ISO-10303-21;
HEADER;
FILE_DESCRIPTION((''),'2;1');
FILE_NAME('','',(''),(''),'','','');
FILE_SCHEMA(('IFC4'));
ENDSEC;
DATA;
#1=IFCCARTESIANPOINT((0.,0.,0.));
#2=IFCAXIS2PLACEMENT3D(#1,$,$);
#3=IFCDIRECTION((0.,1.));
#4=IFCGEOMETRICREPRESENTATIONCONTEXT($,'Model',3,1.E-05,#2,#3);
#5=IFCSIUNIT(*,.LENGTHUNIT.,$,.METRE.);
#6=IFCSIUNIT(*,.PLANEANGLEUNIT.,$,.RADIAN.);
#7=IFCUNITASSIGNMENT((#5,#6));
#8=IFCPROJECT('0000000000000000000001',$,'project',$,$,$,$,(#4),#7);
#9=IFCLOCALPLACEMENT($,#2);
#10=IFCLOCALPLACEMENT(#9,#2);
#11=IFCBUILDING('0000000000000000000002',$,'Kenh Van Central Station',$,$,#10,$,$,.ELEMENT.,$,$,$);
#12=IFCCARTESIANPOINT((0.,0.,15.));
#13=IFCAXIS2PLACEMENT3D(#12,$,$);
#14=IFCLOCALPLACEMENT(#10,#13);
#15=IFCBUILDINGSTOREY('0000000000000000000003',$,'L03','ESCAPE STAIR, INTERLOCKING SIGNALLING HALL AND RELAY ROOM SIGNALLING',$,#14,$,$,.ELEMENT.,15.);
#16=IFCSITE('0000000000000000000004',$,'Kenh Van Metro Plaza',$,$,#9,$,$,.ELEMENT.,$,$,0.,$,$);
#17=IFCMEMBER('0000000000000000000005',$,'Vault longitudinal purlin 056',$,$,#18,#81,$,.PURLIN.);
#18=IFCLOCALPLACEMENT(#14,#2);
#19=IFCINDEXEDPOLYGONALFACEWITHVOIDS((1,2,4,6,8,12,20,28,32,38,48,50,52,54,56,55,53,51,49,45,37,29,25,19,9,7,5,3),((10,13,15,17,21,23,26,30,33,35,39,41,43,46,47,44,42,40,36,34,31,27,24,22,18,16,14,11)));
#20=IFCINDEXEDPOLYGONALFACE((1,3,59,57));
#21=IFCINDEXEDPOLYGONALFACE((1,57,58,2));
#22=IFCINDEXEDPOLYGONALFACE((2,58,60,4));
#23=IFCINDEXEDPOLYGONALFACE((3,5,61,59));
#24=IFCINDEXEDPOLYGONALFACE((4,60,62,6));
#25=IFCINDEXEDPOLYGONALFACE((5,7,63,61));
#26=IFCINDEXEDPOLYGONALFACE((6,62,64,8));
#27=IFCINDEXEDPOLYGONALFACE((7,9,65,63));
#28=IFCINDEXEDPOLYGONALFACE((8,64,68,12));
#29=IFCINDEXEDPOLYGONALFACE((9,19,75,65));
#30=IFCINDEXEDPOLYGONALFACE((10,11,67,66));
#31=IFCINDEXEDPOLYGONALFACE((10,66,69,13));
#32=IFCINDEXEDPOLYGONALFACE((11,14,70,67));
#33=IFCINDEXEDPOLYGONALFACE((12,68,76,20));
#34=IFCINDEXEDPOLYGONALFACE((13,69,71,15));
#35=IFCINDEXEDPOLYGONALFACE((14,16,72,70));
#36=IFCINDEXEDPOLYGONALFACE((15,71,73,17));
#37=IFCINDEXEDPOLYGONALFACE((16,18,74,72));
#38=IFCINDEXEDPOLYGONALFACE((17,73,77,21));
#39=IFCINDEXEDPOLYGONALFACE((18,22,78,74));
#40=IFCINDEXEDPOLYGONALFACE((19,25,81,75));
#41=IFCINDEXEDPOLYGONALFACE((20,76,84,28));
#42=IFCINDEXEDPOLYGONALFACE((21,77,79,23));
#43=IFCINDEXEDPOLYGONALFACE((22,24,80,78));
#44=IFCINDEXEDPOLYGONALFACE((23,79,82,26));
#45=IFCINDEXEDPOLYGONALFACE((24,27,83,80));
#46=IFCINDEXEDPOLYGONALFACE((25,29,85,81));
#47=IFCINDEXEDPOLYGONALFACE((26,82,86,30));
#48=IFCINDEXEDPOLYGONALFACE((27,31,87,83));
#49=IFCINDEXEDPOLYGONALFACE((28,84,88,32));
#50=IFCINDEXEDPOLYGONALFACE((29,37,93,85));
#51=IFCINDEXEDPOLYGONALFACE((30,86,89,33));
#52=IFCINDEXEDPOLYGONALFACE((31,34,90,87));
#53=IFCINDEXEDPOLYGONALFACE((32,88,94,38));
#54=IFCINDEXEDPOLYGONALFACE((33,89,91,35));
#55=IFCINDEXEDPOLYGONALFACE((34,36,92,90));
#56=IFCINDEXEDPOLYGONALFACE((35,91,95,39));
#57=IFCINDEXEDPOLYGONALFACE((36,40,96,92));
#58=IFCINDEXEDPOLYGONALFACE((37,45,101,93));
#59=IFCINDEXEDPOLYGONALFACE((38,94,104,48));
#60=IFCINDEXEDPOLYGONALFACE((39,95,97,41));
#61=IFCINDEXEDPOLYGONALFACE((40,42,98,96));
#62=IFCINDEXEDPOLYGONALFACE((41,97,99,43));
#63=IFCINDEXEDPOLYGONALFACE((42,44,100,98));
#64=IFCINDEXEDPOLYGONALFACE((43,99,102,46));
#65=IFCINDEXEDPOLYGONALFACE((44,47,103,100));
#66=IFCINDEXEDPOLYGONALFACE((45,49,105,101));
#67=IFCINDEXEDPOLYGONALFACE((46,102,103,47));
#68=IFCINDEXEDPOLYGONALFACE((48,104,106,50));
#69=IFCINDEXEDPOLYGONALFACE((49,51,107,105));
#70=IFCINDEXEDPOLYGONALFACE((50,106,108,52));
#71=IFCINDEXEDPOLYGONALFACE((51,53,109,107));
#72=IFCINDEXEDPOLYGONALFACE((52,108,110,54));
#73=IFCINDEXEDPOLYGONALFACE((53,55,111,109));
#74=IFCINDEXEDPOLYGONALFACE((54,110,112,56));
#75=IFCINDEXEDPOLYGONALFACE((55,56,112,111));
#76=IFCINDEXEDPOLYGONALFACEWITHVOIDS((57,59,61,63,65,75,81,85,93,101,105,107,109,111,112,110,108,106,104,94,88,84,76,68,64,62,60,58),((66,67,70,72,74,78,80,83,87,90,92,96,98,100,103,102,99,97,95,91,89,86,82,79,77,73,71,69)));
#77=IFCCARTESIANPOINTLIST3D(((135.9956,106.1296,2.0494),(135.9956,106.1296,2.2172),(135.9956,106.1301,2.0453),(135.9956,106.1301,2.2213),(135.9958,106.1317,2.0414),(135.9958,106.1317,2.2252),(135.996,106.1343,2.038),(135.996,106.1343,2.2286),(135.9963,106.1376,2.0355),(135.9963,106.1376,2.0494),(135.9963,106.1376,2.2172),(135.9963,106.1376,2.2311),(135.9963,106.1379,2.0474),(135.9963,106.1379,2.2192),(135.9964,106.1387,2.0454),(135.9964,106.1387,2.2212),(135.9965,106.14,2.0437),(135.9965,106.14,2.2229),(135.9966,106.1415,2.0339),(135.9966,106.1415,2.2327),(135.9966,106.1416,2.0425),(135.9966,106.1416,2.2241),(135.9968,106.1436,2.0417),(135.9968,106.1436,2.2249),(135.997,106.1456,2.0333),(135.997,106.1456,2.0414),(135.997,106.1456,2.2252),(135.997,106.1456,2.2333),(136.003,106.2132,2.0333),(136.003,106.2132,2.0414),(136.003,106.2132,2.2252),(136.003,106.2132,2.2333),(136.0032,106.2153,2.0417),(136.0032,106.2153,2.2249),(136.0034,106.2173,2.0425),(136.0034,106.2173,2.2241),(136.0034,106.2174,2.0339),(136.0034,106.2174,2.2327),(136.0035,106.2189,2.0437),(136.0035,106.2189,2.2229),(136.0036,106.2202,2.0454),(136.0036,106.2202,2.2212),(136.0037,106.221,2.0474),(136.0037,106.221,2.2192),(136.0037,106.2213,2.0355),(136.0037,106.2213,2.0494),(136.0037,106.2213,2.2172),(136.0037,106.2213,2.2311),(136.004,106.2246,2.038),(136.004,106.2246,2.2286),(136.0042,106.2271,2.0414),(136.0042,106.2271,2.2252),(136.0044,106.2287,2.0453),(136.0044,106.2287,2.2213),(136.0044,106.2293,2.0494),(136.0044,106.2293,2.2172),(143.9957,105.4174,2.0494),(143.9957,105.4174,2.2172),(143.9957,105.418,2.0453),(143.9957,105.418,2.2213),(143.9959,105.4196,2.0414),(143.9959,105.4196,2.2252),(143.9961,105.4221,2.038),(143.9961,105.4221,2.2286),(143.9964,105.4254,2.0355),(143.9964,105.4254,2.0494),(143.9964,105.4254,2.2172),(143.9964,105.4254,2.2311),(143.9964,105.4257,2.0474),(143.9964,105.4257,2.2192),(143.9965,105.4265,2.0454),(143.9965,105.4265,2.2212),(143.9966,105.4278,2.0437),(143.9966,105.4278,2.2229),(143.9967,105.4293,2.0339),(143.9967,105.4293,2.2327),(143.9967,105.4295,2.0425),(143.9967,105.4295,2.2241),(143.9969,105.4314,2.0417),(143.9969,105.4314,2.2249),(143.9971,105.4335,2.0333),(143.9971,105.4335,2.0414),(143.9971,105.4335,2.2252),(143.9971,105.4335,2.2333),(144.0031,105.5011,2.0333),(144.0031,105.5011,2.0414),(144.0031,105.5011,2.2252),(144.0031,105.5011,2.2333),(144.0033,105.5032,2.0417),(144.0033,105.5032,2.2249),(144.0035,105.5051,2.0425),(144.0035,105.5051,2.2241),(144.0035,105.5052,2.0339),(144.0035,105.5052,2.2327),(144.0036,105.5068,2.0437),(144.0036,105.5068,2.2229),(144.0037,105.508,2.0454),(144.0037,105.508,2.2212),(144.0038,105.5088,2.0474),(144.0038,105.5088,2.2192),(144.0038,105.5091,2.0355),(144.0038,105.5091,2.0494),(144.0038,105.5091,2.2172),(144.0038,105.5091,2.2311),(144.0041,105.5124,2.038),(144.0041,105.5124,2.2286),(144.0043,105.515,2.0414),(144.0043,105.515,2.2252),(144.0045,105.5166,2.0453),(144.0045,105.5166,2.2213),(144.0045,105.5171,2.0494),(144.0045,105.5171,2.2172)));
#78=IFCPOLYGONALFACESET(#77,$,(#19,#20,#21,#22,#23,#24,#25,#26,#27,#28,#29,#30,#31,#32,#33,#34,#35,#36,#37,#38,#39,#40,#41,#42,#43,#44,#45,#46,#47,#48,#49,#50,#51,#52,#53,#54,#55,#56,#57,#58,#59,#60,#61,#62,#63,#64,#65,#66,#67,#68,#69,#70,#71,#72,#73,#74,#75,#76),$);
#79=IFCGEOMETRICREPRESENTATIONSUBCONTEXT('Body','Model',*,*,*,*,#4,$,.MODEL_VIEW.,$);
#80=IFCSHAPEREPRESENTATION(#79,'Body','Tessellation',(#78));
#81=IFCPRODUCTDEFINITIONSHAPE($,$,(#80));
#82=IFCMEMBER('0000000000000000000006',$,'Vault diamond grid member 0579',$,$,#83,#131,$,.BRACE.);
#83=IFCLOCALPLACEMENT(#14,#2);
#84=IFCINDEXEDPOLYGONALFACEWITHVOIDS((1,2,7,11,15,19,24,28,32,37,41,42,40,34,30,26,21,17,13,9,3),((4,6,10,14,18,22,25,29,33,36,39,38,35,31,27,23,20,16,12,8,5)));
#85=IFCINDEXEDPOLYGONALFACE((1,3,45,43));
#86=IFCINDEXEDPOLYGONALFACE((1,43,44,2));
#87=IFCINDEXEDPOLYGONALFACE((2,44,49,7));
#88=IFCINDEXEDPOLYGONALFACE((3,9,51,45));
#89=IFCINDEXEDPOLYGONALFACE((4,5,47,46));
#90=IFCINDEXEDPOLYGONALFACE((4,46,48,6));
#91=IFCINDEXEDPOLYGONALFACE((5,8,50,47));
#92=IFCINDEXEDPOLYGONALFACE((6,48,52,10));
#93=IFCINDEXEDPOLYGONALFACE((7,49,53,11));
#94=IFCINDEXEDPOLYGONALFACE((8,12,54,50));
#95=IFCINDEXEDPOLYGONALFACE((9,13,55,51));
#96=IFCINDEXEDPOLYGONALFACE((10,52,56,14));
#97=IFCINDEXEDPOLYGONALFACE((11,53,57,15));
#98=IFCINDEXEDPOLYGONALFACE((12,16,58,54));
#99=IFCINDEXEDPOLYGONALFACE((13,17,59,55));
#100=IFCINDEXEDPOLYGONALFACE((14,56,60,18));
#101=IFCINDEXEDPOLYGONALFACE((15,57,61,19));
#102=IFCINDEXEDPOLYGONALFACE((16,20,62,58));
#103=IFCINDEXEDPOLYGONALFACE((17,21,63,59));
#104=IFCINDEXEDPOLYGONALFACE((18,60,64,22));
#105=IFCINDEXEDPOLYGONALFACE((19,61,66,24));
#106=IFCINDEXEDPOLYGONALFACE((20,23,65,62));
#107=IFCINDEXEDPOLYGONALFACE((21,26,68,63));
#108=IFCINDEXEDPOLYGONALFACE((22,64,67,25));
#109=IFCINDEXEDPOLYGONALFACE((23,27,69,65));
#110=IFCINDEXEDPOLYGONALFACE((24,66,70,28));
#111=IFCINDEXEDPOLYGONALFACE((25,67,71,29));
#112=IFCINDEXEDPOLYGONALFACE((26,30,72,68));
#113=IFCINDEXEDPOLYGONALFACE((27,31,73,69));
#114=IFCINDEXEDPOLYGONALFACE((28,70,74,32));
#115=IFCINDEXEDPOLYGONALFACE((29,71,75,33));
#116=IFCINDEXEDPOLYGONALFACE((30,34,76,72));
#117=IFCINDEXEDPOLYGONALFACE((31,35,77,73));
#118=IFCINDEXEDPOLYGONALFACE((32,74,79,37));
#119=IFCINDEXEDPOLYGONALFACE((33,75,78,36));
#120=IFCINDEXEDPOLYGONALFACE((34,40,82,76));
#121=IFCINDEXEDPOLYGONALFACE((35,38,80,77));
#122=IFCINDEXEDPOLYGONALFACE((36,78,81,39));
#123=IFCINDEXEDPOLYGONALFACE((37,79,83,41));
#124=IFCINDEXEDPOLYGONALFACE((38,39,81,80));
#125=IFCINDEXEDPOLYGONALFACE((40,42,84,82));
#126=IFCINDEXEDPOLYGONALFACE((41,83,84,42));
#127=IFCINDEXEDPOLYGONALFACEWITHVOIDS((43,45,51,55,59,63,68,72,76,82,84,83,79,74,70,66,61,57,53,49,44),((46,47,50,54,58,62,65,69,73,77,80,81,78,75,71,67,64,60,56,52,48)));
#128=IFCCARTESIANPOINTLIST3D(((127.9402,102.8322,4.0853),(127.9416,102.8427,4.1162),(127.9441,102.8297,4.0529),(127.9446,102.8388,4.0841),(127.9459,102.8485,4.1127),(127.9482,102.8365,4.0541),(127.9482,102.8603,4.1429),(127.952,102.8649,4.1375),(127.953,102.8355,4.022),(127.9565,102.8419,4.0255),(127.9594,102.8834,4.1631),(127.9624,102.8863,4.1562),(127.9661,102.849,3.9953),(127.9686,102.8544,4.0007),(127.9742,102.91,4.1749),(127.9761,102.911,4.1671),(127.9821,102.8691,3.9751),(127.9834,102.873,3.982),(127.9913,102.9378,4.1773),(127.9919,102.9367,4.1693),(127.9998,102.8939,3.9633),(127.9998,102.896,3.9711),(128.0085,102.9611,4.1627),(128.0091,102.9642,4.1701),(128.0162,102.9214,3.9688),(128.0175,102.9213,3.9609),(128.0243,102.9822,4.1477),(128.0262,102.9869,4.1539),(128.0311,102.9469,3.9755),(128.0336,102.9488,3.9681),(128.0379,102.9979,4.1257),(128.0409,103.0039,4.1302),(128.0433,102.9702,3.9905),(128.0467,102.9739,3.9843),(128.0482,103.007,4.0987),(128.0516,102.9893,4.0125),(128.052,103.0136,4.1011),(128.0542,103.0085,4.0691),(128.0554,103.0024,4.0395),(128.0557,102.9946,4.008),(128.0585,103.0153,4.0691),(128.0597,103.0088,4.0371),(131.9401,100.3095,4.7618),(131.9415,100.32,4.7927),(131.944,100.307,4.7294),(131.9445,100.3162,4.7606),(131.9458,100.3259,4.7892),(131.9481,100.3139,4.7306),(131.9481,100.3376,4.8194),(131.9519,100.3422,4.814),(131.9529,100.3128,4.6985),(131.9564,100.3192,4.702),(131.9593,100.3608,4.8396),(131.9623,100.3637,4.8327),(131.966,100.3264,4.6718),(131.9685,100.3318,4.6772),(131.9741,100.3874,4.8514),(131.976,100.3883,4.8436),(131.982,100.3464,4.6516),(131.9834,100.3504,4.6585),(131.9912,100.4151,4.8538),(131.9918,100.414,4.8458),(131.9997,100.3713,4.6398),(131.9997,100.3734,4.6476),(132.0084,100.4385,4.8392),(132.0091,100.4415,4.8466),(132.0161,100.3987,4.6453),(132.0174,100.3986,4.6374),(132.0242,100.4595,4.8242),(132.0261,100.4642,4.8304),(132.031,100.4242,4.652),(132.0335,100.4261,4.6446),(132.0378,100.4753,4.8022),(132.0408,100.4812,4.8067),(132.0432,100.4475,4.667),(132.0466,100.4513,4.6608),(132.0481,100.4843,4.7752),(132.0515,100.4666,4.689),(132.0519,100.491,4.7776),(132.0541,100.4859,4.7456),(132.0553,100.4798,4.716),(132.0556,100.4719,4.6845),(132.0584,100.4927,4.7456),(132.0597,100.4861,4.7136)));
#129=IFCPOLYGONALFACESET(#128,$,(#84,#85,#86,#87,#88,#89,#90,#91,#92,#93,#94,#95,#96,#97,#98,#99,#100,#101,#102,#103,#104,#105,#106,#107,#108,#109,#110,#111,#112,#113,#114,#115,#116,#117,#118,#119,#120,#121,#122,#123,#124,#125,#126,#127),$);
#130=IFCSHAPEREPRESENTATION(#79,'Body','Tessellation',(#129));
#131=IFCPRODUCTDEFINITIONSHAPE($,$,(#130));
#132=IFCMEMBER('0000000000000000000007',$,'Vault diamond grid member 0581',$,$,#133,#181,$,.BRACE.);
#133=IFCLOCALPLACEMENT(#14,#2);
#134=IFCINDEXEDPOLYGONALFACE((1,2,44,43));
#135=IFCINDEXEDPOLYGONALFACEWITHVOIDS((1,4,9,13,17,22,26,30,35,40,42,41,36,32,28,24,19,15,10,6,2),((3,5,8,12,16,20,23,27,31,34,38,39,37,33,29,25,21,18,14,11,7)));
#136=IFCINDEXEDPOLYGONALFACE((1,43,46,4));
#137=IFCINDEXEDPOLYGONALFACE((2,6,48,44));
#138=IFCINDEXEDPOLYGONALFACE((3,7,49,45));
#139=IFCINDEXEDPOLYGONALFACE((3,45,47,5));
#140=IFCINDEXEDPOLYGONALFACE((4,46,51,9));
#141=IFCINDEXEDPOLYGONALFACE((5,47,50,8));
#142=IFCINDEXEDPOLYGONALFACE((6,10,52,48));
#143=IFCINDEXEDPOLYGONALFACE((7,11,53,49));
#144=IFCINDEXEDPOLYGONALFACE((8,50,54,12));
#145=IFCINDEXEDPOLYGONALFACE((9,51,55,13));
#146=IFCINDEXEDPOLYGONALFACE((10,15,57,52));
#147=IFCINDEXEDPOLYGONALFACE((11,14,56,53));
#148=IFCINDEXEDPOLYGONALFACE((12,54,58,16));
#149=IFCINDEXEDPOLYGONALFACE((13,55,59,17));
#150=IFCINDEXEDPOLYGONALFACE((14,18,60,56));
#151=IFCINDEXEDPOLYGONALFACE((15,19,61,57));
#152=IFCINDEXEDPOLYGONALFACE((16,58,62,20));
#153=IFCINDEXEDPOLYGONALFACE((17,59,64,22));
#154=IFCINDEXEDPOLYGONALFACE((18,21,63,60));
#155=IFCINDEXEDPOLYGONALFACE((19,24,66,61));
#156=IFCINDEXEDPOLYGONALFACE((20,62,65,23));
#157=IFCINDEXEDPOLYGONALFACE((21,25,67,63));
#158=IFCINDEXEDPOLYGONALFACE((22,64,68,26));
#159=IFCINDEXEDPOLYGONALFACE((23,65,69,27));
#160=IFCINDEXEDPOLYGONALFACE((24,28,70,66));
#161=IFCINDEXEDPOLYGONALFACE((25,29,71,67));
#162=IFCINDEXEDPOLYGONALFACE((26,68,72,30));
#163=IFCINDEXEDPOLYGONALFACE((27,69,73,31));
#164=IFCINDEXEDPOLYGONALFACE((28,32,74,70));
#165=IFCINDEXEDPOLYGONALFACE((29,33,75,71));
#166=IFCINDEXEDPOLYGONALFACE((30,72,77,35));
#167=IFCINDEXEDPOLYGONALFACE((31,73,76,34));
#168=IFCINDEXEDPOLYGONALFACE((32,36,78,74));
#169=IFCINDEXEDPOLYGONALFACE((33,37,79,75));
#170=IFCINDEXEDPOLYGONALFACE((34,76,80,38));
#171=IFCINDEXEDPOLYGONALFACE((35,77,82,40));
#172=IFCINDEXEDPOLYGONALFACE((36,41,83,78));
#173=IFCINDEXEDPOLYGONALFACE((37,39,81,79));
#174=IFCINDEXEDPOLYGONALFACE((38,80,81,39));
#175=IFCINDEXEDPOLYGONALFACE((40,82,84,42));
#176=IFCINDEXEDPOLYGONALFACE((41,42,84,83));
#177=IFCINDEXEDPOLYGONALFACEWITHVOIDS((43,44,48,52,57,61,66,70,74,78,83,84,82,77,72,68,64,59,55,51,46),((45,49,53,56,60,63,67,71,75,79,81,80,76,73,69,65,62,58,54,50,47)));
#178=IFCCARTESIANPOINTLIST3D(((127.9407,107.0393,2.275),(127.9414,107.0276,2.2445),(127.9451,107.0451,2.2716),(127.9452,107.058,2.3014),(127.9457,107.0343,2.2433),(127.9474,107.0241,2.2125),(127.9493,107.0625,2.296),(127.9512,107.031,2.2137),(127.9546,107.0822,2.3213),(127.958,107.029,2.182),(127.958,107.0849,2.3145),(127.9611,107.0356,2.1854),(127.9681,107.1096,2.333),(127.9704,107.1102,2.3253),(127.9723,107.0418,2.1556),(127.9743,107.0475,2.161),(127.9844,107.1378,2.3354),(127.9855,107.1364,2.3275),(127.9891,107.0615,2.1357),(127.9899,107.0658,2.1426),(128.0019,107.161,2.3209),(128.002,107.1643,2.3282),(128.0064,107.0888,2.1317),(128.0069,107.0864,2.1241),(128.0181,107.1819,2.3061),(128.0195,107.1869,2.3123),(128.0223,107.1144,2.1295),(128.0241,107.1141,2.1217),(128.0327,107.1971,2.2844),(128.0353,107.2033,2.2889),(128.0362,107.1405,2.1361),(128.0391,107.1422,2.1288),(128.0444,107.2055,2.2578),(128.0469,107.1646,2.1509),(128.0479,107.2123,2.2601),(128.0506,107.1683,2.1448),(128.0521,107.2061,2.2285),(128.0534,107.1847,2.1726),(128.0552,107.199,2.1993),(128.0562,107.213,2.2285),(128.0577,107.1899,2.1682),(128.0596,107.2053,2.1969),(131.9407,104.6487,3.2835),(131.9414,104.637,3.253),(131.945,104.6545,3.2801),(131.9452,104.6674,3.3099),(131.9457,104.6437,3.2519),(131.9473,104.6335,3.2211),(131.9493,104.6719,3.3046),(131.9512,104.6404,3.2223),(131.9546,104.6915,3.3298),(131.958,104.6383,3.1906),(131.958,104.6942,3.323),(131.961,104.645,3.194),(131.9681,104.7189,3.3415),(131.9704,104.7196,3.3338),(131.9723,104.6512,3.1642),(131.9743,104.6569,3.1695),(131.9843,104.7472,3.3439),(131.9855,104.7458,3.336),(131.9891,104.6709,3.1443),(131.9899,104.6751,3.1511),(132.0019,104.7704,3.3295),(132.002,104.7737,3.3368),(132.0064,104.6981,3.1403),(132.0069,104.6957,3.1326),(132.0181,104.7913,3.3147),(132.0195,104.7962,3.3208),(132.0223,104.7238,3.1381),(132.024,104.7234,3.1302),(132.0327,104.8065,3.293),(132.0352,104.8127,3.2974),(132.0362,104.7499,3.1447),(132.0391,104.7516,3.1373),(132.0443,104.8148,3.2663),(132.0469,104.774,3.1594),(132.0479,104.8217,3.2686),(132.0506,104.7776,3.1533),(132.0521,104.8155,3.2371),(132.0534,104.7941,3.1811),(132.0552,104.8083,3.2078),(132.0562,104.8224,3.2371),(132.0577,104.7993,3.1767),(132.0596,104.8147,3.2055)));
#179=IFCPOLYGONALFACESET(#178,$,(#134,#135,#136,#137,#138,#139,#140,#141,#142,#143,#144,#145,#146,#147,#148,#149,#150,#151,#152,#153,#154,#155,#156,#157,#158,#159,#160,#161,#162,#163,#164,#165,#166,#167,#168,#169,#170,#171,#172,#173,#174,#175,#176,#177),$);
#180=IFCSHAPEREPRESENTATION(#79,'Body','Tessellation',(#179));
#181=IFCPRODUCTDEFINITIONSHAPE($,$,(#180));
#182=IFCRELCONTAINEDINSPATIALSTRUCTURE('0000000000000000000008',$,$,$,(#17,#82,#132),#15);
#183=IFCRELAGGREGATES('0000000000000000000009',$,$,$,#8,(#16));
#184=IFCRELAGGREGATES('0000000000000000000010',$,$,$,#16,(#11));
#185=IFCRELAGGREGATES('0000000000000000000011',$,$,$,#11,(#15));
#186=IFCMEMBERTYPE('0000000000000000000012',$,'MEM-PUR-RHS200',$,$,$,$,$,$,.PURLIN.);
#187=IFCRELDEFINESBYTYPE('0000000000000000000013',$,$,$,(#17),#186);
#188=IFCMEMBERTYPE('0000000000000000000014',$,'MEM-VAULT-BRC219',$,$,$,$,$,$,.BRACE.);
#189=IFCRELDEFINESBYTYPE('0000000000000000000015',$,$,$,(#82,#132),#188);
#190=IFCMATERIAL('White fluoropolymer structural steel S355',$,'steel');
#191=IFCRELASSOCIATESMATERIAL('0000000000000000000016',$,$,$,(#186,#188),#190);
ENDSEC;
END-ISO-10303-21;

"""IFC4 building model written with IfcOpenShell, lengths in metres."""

from ifc_helpers import new_model, si_unit, direction, frame, origin, origin_2d, place, context, subcontext, project, spatial, hollow_rectangle, hollow_circle, extrude, material, material_profile, profile_set, type_object, element, save


model = new_model("IFC4")

# Units and contexts
model_context = context("Model", 3, precision=1e-05, world=origin(), true_north=direction((0.0, 1.0)))
body_context = subcontext(model_context, "Body", "Model", "MODEL_VIEW")
ifc_project = project(units=[si_unit("LENGTHUNIT", "METRE"), si_unit("PLANEANGLEUNIT", "RADIAN")], contexts=[model_context])

# Site, building, storey
site_placement = place(None, origin())
site = spatial("IfcSite", under=ifc_project, at=site_placement, Name="Kenh Van Metro Plaza", CompositionType="ELEMENT", RefElevation=0.0)
building_placement = place(site_placement, origin())
building = spatial("IfcBuilding", under=site, at=building_placement, Name="Kenh Van Central Station", CompositionType="ELEMENT")
storey_placement = place(building_placement, frame((0.0, 0.0, 15.0)))
storey = spatial("IfcBuildingStorey", under=building, at=storey_placement, Name="L03", Description="ESCAPE STAIR, INTERLOCKING SIGNALLING HALL AND RELAY ROOM SIGNALLING", CompositionType="ELEMENT", Elevation=15.0)

# Shared definitions
ifc_material_1 = material(Name="White fluoropolymer structural steel S355", Category="steel")

# Members
ifc_material_profile_1 = material_profile(ifc_material_1, hollow_rectangle(XDim=0.1001, YDim=0.2, WallThickness=0.0081, InnerFilletRadius=0.0081, OuterFilletRadius=0.0161, at=origin_2d()), Name="RHS 200x100x8")
ifc_profile_set_1 = profile_set([ifc_material_profile_1], Name="White fluoropolymer structural steel S355")
member_type_1 = type_object("IfcMemberType", Name="MEM-PUR-RHS200", PredefinedType="PURLIN", material=ifc_profile_set_1)
member_1_placement = place(storey_placement, frame((136.0, 106.1794, 2.1333), z_axis=(0.996061, -0.088669, 0.0), x_axis=(0.088669, 0.996061, 0.0)))
element("IfcMember", 1, at=member_1_placement, inside=storey, type_object=member_type_1, Name="Vault longitudinal purlin 056", PredefinedType="PURLIN", context=body_context, shape_type="SweptSolid", body=[
    extrude(hollow_rectangle(XDim=0.1001, YDim=0.2, WallThickness=0.0081, InnerFilletRadius=0.0081, OuterFilletRadius=0.0161, at=origin_2d()), origin(), (0.0, 0.0, 1.0), 8.0317),
])
ifc_material_profile_2 = material_profile(ifc_material_1, hollow_circle(Radius=0.1096, WallThickness=0.0081, at=origin_2d()), Name="CHS 219.1x8")
ifc_profile_set_2 = profile_set([ifc_material_profile_2], Name="White fluoropolymer structural steel S355")
member_type_2 = type_object("IfcMemberType", Name="MEM-VAULT-BRC219", PredefinedType="BRACE", material=ifc_profile_set_2)
member_2_placement = place(storey_placement, frame((128.0, 102.9226, 4.0691), z_axis=(0.837309, -0.528071, 0.141613), x_axis=(0.533447, 0.845833, 0.0)))
element("IfcMember", 2, at=member_2_placement, inside=storey, type_object=member_type_2, Name="Vault diamond grid member 0579", PredefinedType="BRACE", context=body_context, shape_type="SweptSolid", body=[
    extrude(hollow_circle(Radius=0.1096, WallThickness=0.0081, at=origin_2d()), origin(), (0.0, 0.0, 1.0), 4.7771),
])
member_3_placement = place(storey_placement, frame((128.0, 107.1189, 2.2285), z_axis=(0.838955, -0.501407, 0.211531), x_axis=(0.513016, 0.858379, 0.0)))
element("IfcMember", 3, at=member_3_placement, inside=storey, type_object=member_type_2, Name="Vault diamond grid member 0581", PredefinedType="BRACE", context=body_context, shape_type="SweptSolid", body=[
    extrude(hollow_circle(Radius=0.1096, WallThickness=0.0081, at=origin_2d()), origin(), (0.0, 0.0, 1.0), 4.7678),
])

save(model, "model.ifc")
